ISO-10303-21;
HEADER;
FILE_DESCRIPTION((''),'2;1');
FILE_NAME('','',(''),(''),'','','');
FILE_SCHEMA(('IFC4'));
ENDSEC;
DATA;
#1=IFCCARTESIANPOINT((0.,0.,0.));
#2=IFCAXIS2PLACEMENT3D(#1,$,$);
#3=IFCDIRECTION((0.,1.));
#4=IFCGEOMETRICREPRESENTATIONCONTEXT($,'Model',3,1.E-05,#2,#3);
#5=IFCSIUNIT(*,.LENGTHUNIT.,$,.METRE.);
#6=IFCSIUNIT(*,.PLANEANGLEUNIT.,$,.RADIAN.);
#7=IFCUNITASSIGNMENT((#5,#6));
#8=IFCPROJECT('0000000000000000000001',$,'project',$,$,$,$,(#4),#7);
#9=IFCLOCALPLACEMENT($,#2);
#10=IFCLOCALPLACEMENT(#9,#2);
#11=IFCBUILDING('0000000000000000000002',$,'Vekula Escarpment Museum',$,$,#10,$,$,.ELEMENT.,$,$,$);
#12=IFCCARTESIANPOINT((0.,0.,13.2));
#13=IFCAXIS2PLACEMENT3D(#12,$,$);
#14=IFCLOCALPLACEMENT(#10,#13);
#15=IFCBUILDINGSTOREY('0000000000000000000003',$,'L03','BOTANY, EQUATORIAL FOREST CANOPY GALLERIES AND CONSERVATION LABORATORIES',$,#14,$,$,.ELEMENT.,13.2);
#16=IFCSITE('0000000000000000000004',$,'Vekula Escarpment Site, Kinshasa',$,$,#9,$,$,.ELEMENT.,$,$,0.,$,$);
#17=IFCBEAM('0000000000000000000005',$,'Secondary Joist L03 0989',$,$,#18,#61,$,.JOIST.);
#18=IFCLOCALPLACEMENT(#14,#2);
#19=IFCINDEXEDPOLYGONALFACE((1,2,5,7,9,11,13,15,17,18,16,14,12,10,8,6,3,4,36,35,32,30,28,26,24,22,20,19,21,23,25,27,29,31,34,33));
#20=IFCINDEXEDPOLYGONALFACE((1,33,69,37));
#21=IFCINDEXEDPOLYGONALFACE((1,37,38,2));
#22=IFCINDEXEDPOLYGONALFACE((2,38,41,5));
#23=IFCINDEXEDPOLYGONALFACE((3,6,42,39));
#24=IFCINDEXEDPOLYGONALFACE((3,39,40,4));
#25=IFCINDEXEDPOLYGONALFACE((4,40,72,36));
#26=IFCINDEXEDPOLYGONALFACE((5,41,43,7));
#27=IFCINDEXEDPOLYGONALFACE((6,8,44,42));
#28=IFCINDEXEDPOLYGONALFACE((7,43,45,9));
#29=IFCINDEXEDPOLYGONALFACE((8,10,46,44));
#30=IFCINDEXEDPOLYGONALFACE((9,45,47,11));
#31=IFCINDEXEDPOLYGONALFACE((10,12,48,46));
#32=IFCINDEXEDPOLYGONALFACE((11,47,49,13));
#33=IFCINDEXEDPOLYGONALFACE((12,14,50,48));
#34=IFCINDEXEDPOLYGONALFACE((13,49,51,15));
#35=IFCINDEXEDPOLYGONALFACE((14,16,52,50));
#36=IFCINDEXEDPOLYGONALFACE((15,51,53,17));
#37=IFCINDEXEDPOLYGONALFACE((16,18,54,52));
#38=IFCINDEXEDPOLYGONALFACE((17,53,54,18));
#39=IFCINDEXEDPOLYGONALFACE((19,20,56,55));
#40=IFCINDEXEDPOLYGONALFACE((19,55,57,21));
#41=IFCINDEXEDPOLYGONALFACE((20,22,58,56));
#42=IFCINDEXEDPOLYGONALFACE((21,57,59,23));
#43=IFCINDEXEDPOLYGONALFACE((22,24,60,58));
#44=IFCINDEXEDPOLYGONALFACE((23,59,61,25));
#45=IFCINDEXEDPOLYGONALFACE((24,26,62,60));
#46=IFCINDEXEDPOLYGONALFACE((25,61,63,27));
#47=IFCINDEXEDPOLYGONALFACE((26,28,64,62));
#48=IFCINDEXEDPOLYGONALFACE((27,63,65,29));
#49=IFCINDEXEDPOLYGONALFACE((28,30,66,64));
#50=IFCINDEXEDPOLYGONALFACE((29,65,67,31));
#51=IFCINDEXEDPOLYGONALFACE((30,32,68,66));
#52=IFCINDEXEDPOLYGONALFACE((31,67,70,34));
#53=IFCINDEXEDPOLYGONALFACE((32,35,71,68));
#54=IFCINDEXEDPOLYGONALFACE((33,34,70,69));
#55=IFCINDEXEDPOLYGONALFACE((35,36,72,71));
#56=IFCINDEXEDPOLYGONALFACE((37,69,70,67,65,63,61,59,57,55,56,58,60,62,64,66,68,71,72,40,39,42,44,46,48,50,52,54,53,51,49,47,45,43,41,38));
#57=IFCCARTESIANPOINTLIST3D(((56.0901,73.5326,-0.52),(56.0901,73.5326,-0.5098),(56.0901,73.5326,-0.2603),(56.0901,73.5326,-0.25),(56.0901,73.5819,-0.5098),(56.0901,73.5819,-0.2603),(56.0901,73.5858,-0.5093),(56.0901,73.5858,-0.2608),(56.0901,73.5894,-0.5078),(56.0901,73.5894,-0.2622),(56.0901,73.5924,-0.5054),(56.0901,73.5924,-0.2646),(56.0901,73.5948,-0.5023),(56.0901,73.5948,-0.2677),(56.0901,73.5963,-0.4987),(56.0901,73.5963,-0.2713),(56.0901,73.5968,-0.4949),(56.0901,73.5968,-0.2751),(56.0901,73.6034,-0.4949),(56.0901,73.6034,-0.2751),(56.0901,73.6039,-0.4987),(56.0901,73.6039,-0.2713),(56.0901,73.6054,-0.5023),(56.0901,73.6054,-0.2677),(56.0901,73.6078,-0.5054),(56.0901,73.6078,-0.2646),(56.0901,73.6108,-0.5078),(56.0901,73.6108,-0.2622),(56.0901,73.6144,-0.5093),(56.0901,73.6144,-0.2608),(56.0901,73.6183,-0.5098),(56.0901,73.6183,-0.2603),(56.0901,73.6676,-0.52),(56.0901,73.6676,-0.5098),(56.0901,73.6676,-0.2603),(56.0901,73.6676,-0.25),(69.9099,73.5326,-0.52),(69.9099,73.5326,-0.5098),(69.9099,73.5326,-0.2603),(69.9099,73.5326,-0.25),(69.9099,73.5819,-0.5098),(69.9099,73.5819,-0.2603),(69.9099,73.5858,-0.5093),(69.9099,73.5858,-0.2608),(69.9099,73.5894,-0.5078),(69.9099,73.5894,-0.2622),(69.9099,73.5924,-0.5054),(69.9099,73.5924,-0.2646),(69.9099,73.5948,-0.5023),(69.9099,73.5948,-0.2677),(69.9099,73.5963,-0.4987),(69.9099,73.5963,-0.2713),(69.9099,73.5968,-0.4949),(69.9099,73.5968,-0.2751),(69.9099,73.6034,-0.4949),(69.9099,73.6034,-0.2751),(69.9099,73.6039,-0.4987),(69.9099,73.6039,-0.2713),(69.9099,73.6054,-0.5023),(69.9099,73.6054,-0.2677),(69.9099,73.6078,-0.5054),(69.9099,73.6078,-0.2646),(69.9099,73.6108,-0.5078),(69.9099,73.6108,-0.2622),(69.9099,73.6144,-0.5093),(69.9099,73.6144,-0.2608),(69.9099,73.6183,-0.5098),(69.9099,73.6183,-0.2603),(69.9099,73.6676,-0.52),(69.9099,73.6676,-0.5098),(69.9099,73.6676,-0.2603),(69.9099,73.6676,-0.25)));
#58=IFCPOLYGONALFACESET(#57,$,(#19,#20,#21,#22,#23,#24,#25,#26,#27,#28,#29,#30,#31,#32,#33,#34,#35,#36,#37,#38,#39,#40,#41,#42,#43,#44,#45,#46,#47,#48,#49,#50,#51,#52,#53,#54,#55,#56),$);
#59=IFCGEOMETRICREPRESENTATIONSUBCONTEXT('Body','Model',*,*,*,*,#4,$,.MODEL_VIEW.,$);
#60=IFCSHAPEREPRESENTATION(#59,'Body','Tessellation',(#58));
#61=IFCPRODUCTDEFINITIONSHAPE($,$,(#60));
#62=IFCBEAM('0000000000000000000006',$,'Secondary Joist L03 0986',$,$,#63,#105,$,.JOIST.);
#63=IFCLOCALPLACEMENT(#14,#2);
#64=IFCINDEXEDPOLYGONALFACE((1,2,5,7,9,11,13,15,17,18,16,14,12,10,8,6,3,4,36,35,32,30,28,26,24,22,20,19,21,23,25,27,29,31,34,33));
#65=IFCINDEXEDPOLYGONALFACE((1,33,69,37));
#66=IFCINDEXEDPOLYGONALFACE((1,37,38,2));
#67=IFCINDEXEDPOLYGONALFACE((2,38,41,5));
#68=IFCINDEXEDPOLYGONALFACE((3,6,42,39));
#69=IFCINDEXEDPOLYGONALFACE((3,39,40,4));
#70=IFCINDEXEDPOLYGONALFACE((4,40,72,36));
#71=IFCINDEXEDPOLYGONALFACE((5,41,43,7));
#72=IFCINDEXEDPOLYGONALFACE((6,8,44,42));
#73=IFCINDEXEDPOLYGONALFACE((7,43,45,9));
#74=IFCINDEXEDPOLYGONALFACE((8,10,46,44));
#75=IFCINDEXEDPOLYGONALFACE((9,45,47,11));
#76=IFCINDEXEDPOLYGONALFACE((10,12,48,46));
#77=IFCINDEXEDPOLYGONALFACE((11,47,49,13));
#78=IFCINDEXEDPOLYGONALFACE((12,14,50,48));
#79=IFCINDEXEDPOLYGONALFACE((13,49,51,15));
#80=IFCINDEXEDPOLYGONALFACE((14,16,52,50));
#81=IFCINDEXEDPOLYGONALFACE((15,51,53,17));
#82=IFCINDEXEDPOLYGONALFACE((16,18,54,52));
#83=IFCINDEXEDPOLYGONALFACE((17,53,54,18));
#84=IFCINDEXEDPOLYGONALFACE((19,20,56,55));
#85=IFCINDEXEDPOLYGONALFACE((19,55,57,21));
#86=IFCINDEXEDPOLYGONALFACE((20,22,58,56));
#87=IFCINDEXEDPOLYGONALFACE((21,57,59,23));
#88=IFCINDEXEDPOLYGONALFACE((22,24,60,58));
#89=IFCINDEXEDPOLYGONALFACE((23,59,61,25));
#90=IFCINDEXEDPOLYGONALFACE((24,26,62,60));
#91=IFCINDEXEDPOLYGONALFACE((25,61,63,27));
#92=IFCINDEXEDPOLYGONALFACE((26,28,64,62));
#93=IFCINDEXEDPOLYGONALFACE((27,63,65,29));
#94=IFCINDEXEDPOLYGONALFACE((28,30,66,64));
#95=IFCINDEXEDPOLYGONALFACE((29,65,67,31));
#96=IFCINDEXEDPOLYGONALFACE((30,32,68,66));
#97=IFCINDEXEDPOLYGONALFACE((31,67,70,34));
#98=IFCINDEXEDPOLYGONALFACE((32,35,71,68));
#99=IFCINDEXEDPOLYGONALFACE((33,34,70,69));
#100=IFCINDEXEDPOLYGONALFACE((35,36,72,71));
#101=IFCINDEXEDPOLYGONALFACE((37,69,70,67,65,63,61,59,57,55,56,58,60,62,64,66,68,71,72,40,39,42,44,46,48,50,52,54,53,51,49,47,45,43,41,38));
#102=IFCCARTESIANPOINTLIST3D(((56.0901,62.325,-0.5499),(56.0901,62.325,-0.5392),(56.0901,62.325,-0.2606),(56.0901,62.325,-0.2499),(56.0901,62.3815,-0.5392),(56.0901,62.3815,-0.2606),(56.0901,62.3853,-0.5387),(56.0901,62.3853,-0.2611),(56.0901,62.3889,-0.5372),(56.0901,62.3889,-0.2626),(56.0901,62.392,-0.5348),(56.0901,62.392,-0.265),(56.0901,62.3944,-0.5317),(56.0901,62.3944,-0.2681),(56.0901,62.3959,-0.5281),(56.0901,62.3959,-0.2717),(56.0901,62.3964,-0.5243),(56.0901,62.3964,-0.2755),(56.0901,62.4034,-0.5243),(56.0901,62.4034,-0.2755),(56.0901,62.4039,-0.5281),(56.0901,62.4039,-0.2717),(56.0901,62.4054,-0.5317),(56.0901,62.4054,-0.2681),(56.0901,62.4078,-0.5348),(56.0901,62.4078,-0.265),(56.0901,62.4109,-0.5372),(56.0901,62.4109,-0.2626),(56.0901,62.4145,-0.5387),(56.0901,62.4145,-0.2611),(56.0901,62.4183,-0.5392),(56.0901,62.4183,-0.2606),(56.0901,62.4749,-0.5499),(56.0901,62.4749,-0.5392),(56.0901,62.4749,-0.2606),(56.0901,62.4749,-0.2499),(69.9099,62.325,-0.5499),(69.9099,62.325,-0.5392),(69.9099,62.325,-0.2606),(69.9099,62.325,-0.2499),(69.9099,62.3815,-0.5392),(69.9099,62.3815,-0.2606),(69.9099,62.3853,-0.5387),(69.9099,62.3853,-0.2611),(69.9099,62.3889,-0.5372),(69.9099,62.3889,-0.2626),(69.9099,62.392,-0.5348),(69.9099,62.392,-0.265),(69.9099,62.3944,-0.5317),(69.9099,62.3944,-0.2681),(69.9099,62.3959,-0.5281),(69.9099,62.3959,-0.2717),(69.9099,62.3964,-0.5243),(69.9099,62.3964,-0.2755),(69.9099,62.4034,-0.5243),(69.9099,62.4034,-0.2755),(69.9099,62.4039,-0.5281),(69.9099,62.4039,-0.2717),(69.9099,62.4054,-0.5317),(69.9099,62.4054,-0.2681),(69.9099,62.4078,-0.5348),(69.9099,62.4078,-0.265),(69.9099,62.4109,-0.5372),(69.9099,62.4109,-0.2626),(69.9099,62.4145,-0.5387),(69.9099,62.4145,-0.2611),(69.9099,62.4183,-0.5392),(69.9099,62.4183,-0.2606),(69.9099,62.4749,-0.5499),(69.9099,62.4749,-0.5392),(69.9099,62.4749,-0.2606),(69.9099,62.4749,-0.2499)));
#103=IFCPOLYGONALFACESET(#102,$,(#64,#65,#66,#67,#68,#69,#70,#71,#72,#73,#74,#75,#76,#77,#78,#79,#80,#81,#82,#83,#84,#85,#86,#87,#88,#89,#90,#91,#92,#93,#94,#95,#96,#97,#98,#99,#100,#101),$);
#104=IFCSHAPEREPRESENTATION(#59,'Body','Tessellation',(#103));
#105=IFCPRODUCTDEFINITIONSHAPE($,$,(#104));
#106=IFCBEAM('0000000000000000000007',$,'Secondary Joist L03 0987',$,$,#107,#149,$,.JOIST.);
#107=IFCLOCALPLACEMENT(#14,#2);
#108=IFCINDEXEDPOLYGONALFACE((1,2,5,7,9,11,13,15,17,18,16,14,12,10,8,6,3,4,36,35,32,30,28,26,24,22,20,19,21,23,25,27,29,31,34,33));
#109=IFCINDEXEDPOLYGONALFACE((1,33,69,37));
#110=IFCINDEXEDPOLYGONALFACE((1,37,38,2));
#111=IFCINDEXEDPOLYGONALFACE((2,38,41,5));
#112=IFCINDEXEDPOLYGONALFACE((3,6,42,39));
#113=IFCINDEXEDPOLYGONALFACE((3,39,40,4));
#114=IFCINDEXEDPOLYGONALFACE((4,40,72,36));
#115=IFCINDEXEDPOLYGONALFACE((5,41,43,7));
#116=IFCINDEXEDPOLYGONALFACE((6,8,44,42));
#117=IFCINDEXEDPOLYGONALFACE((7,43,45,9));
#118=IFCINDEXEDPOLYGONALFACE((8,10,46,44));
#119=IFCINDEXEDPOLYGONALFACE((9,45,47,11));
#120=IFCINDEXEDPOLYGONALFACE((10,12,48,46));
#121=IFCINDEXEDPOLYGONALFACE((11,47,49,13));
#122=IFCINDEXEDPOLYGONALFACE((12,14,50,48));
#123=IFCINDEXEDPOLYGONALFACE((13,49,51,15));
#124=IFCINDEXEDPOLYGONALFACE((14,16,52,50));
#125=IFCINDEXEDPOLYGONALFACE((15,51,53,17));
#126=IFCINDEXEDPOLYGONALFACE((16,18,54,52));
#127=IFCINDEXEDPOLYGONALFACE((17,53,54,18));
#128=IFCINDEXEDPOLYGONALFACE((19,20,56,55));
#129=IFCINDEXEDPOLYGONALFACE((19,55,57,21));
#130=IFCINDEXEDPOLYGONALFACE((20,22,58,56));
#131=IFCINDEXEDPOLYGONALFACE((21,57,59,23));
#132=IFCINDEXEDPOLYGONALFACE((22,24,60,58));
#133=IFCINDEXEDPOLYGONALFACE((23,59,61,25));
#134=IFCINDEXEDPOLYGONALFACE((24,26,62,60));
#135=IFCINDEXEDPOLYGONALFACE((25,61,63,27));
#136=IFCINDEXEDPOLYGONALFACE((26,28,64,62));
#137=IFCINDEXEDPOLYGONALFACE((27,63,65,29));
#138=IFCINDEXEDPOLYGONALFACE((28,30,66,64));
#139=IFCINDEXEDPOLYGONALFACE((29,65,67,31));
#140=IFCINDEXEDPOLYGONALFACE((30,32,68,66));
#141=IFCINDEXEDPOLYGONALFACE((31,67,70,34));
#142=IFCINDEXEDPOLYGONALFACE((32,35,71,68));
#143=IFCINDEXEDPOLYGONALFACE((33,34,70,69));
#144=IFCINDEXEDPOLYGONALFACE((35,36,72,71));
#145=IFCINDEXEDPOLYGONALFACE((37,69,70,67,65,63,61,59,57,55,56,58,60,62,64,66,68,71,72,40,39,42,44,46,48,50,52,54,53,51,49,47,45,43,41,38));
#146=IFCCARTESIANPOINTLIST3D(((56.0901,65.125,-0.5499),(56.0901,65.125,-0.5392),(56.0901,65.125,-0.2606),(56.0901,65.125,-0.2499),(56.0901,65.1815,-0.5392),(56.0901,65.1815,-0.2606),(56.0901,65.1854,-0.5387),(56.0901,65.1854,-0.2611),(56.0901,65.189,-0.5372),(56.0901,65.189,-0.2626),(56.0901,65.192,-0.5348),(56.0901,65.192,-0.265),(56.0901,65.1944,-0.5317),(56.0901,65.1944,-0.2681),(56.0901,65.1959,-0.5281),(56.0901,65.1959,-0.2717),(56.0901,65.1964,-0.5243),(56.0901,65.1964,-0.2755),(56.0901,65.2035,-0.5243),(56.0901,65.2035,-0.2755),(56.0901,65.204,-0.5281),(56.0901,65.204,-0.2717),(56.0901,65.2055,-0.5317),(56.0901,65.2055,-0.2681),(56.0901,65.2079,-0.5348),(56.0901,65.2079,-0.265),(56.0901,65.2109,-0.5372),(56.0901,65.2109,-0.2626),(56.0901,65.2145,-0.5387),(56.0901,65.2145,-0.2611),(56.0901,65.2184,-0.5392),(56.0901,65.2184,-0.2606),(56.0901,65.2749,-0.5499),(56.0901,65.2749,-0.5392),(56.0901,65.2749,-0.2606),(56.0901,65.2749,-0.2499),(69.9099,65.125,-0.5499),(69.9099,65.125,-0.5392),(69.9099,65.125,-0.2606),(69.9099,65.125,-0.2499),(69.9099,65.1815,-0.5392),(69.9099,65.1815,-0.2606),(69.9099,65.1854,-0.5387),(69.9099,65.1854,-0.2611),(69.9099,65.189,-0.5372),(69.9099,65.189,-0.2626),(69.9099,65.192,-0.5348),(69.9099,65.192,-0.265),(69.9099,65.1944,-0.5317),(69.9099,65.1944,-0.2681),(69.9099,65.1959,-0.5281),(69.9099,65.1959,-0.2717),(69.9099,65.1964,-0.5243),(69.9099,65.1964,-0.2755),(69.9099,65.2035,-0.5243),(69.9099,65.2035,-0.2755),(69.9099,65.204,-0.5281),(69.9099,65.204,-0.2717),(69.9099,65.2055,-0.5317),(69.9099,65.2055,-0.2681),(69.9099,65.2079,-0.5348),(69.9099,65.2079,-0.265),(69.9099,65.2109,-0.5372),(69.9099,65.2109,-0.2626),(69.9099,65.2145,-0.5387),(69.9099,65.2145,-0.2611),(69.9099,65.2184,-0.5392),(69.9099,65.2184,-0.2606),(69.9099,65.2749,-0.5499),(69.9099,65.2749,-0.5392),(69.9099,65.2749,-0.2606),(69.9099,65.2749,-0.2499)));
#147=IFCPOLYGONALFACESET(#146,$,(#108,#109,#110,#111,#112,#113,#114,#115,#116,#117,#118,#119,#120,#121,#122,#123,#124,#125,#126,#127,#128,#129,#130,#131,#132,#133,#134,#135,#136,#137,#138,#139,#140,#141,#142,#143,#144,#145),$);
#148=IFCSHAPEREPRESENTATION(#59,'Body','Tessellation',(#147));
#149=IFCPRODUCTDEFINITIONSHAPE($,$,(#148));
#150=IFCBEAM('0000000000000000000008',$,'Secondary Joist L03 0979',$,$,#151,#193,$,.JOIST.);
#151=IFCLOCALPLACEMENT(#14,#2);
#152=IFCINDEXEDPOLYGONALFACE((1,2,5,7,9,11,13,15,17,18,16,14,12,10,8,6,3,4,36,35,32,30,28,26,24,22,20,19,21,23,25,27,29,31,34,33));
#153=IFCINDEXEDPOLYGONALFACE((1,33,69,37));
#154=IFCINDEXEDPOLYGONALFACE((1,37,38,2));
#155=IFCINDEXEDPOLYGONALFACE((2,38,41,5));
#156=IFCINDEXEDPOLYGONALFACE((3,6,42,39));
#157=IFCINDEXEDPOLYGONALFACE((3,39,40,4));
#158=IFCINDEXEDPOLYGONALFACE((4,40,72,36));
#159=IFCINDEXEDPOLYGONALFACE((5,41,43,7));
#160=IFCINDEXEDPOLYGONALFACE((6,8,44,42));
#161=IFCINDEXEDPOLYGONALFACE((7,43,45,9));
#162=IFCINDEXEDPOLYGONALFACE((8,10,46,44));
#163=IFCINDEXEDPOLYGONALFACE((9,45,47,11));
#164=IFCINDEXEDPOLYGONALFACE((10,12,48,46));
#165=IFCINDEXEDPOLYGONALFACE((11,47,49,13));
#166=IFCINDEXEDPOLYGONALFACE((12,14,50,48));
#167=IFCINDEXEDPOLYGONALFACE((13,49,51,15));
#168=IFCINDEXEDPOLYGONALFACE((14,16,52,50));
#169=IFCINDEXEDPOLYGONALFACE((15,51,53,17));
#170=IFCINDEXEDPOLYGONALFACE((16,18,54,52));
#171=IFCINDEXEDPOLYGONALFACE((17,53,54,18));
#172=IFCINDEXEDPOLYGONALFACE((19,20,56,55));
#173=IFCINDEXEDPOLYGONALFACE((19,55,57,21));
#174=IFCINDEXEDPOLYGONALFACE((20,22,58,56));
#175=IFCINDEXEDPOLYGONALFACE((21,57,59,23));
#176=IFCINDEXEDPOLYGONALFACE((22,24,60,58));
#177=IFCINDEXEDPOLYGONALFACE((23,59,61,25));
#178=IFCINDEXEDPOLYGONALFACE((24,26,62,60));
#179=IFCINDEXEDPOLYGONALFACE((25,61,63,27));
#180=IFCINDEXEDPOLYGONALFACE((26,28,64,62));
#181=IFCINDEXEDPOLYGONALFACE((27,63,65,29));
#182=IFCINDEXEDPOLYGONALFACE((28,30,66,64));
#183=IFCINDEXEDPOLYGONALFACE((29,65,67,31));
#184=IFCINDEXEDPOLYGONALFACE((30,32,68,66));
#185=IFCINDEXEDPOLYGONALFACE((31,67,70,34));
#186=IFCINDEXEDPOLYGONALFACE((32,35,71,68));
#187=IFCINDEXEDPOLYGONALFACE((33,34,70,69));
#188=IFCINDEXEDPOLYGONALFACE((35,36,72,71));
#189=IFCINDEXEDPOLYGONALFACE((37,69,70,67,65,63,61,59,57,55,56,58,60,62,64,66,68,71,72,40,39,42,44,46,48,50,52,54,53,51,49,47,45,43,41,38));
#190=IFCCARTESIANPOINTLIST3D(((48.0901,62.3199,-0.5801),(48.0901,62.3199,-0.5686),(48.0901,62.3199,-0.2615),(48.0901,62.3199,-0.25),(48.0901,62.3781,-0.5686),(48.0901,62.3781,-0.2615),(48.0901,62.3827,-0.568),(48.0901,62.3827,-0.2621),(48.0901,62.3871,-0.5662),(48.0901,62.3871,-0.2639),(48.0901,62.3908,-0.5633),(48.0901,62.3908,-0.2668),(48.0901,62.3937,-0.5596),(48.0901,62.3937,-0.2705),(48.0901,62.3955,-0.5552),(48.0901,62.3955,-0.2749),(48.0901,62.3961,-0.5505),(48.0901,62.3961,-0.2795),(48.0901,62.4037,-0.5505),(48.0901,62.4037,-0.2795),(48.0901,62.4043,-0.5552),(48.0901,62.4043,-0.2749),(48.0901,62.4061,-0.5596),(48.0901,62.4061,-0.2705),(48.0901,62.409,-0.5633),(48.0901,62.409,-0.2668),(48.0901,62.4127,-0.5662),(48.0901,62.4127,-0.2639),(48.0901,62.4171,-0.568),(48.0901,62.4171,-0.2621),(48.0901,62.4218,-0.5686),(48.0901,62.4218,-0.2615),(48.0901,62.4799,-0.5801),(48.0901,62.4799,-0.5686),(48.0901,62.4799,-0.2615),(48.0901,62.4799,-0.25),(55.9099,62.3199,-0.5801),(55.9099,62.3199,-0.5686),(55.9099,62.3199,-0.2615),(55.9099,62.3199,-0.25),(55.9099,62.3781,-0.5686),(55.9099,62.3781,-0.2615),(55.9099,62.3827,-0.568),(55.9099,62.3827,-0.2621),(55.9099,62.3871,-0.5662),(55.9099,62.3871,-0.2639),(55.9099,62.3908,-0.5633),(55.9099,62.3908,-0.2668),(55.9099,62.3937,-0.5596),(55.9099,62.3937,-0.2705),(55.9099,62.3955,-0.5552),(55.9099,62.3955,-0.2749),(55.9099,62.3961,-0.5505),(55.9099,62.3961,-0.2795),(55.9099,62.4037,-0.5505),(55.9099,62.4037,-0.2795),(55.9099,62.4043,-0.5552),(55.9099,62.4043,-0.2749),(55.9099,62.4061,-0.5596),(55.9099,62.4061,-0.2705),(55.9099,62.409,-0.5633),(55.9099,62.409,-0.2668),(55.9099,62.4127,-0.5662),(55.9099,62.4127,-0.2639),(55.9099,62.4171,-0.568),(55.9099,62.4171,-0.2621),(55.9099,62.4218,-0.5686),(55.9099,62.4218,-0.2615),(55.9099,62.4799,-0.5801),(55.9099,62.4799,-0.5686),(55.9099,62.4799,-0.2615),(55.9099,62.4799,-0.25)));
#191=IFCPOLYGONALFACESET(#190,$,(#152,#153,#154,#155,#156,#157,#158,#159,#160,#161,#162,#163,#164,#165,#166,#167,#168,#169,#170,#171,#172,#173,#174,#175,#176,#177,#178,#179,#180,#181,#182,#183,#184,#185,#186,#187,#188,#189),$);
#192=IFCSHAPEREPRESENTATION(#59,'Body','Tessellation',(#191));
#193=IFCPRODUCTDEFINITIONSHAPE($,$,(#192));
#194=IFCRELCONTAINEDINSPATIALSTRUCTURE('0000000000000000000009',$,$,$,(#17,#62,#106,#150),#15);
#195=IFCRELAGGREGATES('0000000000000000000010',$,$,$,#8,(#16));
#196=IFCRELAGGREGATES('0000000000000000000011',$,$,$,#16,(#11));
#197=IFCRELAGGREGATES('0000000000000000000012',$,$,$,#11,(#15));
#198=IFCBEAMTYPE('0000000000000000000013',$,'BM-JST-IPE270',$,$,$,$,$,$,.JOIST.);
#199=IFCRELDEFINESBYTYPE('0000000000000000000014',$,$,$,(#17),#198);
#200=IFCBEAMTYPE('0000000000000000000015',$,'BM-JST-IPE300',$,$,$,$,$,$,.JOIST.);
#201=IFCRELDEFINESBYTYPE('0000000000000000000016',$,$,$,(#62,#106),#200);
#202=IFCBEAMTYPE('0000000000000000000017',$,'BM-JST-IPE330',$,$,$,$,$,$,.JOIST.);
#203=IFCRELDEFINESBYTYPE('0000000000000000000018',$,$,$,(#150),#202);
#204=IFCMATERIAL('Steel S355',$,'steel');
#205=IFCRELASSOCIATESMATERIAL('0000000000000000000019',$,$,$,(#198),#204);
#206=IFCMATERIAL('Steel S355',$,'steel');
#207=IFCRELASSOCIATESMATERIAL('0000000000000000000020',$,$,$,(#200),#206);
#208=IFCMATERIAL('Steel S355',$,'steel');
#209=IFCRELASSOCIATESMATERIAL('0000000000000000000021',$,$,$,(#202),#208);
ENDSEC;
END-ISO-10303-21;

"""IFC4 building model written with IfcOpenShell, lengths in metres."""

from ifc_helpers import new_model, si_unit, direction, frame, origin, origin_2d, place, context, subcontext, project, spatial, i_section, extrude, material, material_profile, profile_set, type_object, element, save


model = new_model("IFC4")

# Units and contexts
model_context = context("Model", 3, precision=1e-05, world=origin(), true_north=direction((0.0, 1.0)))
body_context = subcontext(model_context, "Body", "Model", "MODEL_VIEW")
ifc_project = project(units=[si_unit("LENGTHUNIT", "METRE"), si_unit("PLANEANGLEUNIT", "RADIAN")], contexts=[model_context])

# Site, building, storey
site_placement = place(None, origin())
site = spatial("IfcSite", under=ifc_project, at=site_placement, Name="Vekula Escarpment Site, Kinshasa", CompositionType="ELEMENT", RefElevation=0.0)
building_placement = place(site_placement, origin())
building = spatial("IfcBuilding", under=site, at=building_placement, Name="Vekula Escarpment Museum", CompositionType="ELEMENT")
storey_placement = place(building_placement, frame((0.0, 0.0, 13.2)))
storey = spatial("IfcBuildingStorey", under=building, at=storey_placement, Name="L03", Description="BOTANY, EQUATORIAL FOREST CANOPY GALLERIES AND CONSERVATION LABORATORIES", CompositionType="ELEMENT", Elevation=13.2)

# Beams
ifc_material_1 = material(Name="Steel S355", Category="steel")
ifc_material_profile_1 = material_profile(ifc_material_1, i_section(OverallWidth=0.135, OverallDepth=0.27, WebThickness=0.0066, FlangeThickness=0.0103, FilletRadius=0.0149, at=origin_2d()), Name="IPE 270")
ifc_profile_set_1 = profile_set([ifc_material_profile_1], Name="Steel S355")
beam_type_1 = type_object("IfcBeamType", Name="BM-JST-IPE270", PredefinedType="JOIST", material=ifc_profile_set_1)
for number, where, z_axis, x_axis, name in (
    (1, (56.0901, 73.6001, -0.385), (1.0, 0.0, 0.0), (0.0, 1.0, 0.0), "Secondary Joist L03 0989"),
):
    element("IfcBeam", number, at=place(storey_placement, frame(where, z_axis=z_axis, x_axis=x_axis)), inside=storey, type_object=beam_type_1, Name=name, PredefinedType="JOIST", context=body_context, shape_type="SweptSolid", body=[
        extrude(i_section(OverallWidth=0.135, OverallDepth=0.27, WebThickness=0.0066, FlangeThickness=0.0103, FilletRadius=0.0149, at=origin_2d()), origin(), (0.0, 0.0, 1.0), 13.8198),
    ])
ifc_material_2 = material(Name="Steel S355", Category="steel")
ifc_material_profile_2 = material_profile(ifc_material_2, i_section(OverallWidth=0.1499, OverallDepth=0.3, WebThickness=0.0071, FlangeThickness=0.0107, FilletRadius=0.0149, at=origin_2d()), Name="IPE 300")
ifc_profile_set_2 = profile_set([ifc_material_profile_2], Name="Steel S355")
beam_type_2 = type_object("IfcBeamType", Name="BM-JST-IPE300", PredefinedType="JOIST", material=ifc_profile_set_2)
for number, where, z_axis, x_axis, name in (
    (2, (56.0901, 62.3999, -0.3999), (1.0, 0.0, 0.0), (0.0, 1.0, 0.0), "Secondary Joist L03 0986"),
    (3, (56.0901, 65.2, -0.3999), (1.0, 0.0, 0.0), (0.0, 1.0, 0.0), "Secondary Joist L03 0987"),
):
    element("IfcBeam", number, at=place(storey_placement, frame(where, z_axis=z_axis, x_axis=x_axis)), inside=storey, type_object=beam_type_2, Name=name, PredefinedType="JOIST", context=body_context, shape_type="SweptSolid", body=[
        extrude(i_section(OverallWidth=0.1499, OverallDepth=0.3, WebThickness=0.0071, FlangeThickness=0.0107, FilletRadius=0.0149, at=origin_2d()), origin(), (0.0, 0.0, 1.0), 13.8198),
    ])
ifc_material_3 = material(Name="Steel S355", Category="steel")
ifc_material_profile_3 = material_profile(ifc_material_3, i_section(OverallWidth=0.1599, OverallDepth=0.3301, WebThickness=0.0076, FlangeThickness=0.0115, FilletRadius=0.0181, at=origin_2d()), Name="IPE 330")
ifc_profile_set_3 = profile_set([ifc_material_profile_3], Name="Steel S355")
beam_type_3 = type_object("IfcBeamType", Name="BM-JST-IPE330", PredefinedType="JOIST", material=ifc_profile_set_3)
for number, where, z_axis, x_axis, name in (
    (4, (48.0901, 62.3999, -0.415), (1.0, 0.0, 0.0), (0.0, 1.0, 0.0), "Secondary Joist L03 0979"),
):
    element("IfcBeam", number, at=place(storey_placement, frame(where, z_axis=z_axis, x_axis=x_axis)), inside=storey, type_object=beam_type_3, Name=name, PredefinedType="JOIST", context=body_context, shape_type="SweptSolid", body=[
        extrude(i_section(OverallWidth=0.1599, OverallDepth=0.3301, WebThickness=0.0076, FlangeThickness=0.0115, FilletRadius=0.0181, at=origin_2d()), origin(), (0.0, 0.0, 1.0), 7.8198),
    ])

save(model, "model.ifc")
